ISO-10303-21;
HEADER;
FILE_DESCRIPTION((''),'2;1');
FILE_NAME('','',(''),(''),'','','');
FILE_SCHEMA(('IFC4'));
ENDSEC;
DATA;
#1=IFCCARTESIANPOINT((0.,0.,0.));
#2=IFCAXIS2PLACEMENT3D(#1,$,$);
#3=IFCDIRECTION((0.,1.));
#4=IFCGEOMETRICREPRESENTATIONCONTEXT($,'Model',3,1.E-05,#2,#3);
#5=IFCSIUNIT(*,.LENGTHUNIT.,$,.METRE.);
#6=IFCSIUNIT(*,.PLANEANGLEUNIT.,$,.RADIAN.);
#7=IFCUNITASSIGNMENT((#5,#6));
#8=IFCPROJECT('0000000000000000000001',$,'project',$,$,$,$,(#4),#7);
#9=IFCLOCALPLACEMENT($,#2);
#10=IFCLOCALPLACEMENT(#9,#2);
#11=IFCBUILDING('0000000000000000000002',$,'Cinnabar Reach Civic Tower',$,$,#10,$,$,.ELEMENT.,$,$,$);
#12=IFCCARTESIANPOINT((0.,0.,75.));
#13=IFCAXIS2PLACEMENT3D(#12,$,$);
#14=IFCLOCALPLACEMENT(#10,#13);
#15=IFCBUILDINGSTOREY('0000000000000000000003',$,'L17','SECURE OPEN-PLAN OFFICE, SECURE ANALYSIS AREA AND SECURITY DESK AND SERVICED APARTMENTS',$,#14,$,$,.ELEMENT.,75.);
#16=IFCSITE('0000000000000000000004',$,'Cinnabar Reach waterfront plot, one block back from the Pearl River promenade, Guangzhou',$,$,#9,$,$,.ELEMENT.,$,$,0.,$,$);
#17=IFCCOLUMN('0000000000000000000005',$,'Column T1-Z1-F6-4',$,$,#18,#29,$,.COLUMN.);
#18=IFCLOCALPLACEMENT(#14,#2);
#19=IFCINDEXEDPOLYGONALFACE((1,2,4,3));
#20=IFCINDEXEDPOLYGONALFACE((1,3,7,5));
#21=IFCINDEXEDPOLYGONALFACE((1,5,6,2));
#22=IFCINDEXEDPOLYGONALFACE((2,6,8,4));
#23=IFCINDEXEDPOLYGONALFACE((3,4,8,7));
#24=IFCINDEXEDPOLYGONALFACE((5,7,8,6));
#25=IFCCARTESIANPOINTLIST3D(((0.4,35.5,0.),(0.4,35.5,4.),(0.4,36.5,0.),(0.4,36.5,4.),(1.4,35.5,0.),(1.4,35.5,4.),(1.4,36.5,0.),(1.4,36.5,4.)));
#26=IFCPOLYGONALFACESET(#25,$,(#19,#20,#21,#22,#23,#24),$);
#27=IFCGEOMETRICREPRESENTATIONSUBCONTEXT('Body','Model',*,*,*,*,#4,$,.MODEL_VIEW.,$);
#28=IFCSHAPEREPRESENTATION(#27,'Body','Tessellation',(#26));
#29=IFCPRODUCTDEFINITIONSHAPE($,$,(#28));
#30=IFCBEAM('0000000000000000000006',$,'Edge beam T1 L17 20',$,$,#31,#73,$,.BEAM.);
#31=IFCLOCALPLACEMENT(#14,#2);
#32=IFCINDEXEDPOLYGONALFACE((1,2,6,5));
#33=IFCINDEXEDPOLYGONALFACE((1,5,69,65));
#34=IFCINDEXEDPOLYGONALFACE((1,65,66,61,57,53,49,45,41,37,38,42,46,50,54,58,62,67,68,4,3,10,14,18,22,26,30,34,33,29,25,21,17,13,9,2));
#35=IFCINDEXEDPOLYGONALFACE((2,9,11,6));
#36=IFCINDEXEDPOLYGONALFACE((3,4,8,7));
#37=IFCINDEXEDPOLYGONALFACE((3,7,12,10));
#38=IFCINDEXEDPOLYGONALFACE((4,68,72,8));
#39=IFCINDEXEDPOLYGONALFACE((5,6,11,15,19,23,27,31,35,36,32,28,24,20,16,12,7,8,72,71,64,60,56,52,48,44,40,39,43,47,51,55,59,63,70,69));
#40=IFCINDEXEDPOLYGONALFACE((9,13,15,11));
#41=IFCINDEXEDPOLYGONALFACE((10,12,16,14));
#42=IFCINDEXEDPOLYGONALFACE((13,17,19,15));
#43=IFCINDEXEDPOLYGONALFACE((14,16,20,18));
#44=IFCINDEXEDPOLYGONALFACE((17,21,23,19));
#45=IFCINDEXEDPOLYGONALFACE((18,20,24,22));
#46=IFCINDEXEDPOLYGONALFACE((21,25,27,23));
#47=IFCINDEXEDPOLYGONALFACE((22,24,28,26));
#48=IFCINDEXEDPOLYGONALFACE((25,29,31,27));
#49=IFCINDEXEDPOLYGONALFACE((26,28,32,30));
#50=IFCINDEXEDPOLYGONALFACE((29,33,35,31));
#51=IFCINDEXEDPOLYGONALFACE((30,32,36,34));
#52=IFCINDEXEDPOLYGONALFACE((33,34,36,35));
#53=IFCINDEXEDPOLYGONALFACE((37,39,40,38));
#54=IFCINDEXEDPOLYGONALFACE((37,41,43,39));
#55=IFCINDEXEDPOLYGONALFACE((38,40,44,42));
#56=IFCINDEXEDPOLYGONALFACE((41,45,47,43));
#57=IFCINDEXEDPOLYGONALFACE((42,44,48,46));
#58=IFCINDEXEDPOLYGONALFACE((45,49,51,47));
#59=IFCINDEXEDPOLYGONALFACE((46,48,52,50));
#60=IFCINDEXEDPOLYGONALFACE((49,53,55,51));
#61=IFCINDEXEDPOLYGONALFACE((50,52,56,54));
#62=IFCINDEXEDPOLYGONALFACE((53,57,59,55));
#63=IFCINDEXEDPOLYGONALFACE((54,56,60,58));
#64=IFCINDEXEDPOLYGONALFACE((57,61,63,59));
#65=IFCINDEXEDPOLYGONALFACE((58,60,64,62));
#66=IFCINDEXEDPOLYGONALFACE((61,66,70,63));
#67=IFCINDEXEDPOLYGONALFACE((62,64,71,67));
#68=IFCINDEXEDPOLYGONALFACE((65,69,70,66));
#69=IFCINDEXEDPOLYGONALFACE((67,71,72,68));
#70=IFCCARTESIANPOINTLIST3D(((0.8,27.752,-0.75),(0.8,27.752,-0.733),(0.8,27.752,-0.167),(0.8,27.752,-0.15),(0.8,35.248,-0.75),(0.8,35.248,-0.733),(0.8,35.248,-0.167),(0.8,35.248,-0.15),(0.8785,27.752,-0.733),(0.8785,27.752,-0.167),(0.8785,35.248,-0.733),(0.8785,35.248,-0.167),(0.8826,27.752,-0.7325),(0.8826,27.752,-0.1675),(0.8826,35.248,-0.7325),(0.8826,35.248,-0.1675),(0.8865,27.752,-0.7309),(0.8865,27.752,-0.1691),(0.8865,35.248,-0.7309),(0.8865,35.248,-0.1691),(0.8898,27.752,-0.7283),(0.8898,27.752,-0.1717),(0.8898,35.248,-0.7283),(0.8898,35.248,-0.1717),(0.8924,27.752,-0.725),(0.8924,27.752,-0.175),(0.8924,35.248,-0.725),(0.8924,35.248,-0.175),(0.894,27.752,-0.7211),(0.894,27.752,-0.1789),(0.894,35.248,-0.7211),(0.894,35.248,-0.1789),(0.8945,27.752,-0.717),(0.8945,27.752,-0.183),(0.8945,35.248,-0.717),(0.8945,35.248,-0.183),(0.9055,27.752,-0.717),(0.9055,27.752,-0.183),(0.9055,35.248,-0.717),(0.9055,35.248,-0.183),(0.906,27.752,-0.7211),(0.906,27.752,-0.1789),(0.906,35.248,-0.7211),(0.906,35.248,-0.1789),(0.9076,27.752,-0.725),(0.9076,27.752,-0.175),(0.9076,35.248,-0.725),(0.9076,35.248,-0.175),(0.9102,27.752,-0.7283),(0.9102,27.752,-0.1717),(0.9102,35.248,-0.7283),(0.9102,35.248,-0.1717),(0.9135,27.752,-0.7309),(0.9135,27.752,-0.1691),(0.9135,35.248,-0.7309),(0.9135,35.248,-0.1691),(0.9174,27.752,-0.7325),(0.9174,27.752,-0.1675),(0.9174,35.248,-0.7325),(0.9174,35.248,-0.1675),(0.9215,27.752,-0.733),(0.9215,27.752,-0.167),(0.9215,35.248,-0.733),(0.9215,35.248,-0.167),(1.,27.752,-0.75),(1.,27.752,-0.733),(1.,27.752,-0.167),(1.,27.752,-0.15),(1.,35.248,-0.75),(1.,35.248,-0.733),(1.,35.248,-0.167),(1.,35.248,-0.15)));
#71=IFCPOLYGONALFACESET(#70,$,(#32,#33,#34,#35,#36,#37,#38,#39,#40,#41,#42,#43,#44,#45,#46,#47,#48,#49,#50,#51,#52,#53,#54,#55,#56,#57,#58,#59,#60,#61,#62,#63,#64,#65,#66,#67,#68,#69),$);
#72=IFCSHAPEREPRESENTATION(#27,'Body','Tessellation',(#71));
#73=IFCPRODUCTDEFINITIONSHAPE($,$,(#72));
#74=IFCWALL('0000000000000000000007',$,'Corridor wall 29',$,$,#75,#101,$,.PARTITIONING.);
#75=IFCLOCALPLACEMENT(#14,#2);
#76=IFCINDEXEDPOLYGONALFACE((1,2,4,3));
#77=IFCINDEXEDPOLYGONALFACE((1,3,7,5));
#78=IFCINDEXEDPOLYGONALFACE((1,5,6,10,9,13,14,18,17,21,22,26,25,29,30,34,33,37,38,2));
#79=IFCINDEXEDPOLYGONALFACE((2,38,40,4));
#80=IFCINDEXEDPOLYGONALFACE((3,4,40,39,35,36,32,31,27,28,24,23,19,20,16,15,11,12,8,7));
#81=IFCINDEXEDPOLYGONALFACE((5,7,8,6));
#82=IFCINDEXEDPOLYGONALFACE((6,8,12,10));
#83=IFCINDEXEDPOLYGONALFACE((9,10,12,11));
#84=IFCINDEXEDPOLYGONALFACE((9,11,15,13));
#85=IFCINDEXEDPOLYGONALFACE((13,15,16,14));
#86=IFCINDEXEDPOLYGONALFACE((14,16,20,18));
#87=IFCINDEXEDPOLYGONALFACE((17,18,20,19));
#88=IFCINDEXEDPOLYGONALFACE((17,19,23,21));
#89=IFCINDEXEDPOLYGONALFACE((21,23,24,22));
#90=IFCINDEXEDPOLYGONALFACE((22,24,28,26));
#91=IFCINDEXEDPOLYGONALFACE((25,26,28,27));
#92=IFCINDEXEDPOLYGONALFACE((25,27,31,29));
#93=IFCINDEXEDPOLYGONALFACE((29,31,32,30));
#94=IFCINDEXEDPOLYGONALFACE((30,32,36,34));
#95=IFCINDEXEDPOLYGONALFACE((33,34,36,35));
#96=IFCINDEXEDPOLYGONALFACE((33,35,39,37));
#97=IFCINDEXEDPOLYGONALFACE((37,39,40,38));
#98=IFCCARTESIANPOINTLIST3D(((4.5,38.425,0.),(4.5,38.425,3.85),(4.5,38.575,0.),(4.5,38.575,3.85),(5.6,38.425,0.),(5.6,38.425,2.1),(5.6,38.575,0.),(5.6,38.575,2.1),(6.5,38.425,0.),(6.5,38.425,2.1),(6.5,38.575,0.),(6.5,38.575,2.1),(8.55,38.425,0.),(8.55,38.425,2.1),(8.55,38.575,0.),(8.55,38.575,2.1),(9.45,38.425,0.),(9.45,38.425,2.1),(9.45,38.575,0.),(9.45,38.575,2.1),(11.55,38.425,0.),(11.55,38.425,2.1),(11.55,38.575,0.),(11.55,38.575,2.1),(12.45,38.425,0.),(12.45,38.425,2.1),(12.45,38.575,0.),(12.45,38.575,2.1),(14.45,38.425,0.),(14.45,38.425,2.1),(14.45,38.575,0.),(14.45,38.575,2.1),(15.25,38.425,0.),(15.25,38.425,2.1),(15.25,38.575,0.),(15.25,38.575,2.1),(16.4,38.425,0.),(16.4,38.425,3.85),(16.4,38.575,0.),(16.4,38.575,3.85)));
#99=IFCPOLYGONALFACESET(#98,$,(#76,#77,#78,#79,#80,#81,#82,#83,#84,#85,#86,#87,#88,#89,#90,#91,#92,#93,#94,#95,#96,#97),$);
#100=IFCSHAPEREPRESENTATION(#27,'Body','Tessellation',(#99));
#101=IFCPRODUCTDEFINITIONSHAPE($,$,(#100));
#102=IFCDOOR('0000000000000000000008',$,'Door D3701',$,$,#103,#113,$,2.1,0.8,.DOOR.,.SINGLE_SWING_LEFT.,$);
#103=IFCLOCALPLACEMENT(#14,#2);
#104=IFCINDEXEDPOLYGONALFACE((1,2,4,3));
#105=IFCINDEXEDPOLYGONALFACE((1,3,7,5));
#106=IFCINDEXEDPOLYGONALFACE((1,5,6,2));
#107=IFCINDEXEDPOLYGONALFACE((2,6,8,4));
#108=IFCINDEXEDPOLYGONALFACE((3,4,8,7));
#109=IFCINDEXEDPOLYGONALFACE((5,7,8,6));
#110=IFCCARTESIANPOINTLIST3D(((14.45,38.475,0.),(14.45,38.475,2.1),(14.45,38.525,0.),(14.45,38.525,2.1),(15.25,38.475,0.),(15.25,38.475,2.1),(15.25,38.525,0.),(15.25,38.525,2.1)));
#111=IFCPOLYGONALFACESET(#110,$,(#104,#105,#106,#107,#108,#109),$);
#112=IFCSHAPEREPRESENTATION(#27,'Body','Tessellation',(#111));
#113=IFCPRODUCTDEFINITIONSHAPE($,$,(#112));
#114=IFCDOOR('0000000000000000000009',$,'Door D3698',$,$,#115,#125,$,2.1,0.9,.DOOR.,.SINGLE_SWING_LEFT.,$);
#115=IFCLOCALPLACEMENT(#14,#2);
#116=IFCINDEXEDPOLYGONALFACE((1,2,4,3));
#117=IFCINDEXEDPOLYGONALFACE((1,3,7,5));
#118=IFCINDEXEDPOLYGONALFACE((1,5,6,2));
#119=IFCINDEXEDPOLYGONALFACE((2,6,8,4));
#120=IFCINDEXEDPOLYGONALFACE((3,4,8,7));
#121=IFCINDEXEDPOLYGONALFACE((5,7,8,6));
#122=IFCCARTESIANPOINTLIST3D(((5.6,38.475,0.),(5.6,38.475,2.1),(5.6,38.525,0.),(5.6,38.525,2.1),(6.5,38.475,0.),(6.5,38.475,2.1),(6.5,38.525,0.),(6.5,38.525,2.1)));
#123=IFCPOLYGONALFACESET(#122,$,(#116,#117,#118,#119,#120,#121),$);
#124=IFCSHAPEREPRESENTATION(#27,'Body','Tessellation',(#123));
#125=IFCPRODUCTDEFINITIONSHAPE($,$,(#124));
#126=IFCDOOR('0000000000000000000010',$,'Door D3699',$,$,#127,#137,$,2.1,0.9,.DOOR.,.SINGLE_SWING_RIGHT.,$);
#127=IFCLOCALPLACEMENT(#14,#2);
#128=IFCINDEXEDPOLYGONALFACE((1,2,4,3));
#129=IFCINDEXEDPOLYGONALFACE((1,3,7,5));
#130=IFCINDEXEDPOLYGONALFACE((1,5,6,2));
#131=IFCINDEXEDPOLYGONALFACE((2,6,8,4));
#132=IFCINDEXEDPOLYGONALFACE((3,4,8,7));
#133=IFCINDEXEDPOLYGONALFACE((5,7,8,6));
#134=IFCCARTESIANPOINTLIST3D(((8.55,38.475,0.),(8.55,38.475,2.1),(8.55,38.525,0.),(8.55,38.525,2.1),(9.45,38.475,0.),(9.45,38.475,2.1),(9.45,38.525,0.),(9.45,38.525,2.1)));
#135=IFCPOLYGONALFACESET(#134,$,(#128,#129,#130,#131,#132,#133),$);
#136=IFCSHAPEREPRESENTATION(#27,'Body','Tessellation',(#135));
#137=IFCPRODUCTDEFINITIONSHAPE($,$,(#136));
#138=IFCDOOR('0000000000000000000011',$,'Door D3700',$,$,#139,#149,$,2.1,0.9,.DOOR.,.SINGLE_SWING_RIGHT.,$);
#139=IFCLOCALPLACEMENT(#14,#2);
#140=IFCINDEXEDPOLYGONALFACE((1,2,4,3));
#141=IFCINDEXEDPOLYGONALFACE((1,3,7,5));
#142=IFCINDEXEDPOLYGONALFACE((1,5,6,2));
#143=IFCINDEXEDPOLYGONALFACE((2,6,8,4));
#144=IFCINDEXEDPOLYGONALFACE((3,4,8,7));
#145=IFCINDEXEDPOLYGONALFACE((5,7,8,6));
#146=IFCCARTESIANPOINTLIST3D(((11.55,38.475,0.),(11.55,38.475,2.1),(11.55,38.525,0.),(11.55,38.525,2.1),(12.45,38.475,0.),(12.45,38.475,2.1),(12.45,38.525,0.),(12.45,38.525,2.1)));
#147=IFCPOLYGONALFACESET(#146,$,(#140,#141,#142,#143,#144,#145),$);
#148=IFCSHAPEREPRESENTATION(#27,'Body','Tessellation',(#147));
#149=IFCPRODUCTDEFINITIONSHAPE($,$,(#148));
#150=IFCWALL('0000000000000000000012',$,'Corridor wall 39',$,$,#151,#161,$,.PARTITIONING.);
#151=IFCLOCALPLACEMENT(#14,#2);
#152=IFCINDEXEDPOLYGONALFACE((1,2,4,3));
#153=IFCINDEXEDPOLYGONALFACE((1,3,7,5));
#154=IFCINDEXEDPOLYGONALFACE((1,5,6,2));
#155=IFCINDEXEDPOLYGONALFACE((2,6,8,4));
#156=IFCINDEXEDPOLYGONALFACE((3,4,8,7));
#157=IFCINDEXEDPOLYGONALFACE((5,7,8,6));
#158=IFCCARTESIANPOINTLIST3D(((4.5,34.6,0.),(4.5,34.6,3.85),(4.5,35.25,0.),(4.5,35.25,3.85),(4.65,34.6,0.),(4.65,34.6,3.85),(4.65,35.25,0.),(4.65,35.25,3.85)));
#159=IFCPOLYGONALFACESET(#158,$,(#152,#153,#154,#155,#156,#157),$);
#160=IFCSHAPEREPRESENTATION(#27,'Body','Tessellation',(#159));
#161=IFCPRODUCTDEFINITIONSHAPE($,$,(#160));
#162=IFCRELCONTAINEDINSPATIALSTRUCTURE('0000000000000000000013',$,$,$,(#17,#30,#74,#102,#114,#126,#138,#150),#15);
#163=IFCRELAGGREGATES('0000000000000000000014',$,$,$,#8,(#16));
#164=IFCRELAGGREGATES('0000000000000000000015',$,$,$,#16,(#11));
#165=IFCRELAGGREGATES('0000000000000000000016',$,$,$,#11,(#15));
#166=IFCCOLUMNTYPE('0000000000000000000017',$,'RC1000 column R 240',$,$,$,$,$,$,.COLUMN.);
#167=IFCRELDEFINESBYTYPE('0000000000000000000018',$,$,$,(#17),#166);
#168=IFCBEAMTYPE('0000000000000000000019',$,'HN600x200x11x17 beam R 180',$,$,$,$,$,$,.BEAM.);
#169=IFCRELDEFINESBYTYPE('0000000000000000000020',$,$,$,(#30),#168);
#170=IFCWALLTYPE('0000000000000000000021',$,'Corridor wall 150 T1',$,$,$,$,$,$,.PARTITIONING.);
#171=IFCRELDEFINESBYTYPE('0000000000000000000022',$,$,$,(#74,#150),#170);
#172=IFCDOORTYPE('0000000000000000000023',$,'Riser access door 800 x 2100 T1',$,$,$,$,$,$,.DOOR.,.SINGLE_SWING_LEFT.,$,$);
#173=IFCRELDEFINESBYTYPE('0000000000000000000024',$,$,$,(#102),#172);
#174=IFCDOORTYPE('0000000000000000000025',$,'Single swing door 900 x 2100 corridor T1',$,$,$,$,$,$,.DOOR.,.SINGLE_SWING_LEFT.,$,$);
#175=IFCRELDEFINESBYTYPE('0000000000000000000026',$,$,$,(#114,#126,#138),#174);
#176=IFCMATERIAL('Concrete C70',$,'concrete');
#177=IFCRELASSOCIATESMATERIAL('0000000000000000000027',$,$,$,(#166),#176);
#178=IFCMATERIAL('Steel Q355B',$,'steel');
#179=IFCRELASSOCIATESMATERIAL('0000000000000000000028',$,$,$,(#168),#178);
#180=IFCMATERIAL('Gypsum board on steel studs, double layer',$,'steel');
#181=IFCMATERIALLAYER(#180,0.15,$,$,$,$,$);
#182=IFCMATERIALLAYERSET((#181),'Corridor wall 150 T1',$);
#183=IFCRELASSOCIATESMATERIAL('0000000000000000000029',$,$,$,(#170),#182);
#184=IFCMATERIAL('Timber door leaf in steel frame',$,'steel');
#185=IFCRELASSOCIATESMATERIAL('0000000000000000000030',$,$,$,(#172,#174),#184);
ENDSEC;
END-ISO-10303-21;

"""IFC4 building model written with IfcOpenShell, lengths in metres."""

from ifc_helpers import new_model, si_unit, direction, frame, frame_2d, origin, origin_2d, place, context, subcontext, project, spatial, rectangle, i_section, extrude, material, layer, layer_set, material_profile, profile_set, type_object, element, fill, save


model = new_model("IFC4")

# Units and contexts
model_context = context("Model", 3, precision=1e-05, world=origin(), true_north=direction((0.0, 1.0)))
body_context = subcontext(model_context, "Body", "Model", "MODEL_VIEW")
ifc_project = project(units=[si_unit("LENGTHUNIT", "METRE"), si_unit("PLANEANGLEUNIT", "RADIAN")], contexts=[model_context])

# Site, building, storey
site_placement = place(None, origin())
site = spatial("IfcSite", under=ifc_project, at=site_placement, Name="Cinnabar Reach waterfront plot, one block back from the Pearl River promenade, Guangzhou", CompositionType="ELEMENT", RefElevation=0.0)
building_placement = place(site_placement, origin())
building = spatial("IfcBuilding", under=site, at=building_placement, Name="Cinnabar Reach Civic Tower", CompositionType="ELEMENT")
storey_placement = place(building_placement, frame((0.0, 0.0, 75.0)))
storey = spatial("IfcBuildingStorey", under=building, at=storey_placement, Name="L17", Description="SECURE OPEN-PLAN OFFICE, SECURE ANALYSIS AREA AND SECURITY DESK AND SERVICED APARTMENTS", CompositionType="ELEMENT", Elevation=75.0)

# Column
ifc_material_1 = material(Name="Concrete C70", Category="concrete")
ifc_material_profile_1 = material_profile(ifc_material_1, rectangle(XDim=1.0, YDim=1.0, at=origin_2d()), Name="RC1000")
ifc_profile_set_1 = profile_set([ifc_material_profile_1], Name="Concrete C70")
column_type = type_object("IfcColumnType", Name="RC1000 column R 240", PredefinedType="COLUMN", material=ifc_profile_set_1)
column_placement = place(storey_placement, frame((0.9, 36.0, 0.0), z_axis=(0.0, 0.0, 1.0), x_axis=(1.0, 0.0, 0.0)))
element("IfcColumn", 1, at=column_placement, inside=storey, type_object=column_type, Name="Column T1-Z1-F6-4", PredefinedType="COLUMN", context=body_context, shape_type="SweptSolid", body=[
    extrude(rectangle(XDim=1.0, YDim=1.0, at=origin_2d()), origin(), (0.0, 0.0, 1.0), 4.0),
])

# Beam
ifc_material_2 = material(Name="Steel Q355B", Category="steel")
ifc_material_profile_2 = material_profile(ifc_material_2, i_section(OverallWidth=0.2, OverallDepth=0.6, WebThickness=0.011, FlangeThickness=0.017, FilletRadius=0.016, at=origin_2d()), Name="HN600x200x11x17")
ifc_profile_set_2 = profile_set([ifc_material_profile_2], Name="Steel Q355B")
beam_type = type_object("IfcBeamType", Name="HN600x200x11x17 beam R 180", PredefinedType="BEAM", material=ifc_profile_set_2)
beam_placement = place(storey_placement, frame((0.9, 35.248, -0.45), z_axis=(0.0, -1.0, 0.0), x_axis=(1.0, 0.0, 0.0)))
element("IfcBeam", 2, at=beam_placement, inside=storey, type_object=beam_type, Name="Edge beam T1 L17 20", PredefinedType="BEAM", context=body_context, shape_type="SweptSolid", body=[
    extrude(i_section(OverallWidth=0.2, OverallDepth=0.6, WebThickness=0.011, FlangeThickness=0.017, FilletRadius=0.016, at=origin_2d()), origin(), (0.0, 0.0, 1.0), 7.496),
])

# Wall, openings, doors
ifc_material_3 = material(Name="Gypsum board on steel studs, double layer", Category="steel")
ifc_layer_1 = layer(ifc_material_3, 0.15)
ifc_layer_set_1 = layer_set([ifc_layer_1], Name="Corridor wall 150 T1")
wall_type_1 = type_object("IfcWallType", Name="Corridor wall 150 T1", PredefinedType="PARTITIONING", material=ifc_layer_set_1)
wall_1_placement = place(storey_placement, frame((4.5, 38.5, 0.0), z_axis=(0.0, 0.0, 1.0), x_axis=(1.0, 0.0, 0.0)))
wall_1 = element("IfcWall", 3, at=wall_1_placement, inside=storey, type_object=wall_type_1, Name="Corridor wall 29", PredefinedType="PARTITIONING", context=body_context, shape_type="SweptSolid", body=[
    extrude(rectangle(XDim=11.9, YDim=0.15, at=frame_2d((5.95, 0.0))), origin(), (0.0, 0.0, 1.0), 3.85),
])
opening_1_placement = place(wall_1_placement, frame((1.1, 0.0, 0.0)))
opening_1 = element("IfcOpeningElement", 4, at=opening_1_placement, cuts=wall_1, PredefinedType="OPENING", context=body_context, shape_type="SweptSolid", body=[
    extrude(rectangle(XDim=0.9, YDim=2.1, at=frame_2d((0.45, 1.05))), frame((0.0, 0.085, 0.0), z_axis=(0.0, -1.0, 0.0), x_axis=(1.0, 0.0, 0.0)), (0.0, 0.0, 1.0), 0.17),
])
opening_2_placement = place(wall_1_placement, frame((4.05, 0.0, 0.0)))
opening_2 = element("IfcOpeningElement", 5, at=opening_2_placement, cuts=wall_1, PredefinedType="OPENING", context=body_context, shape_type="SweptSolid", body=[
    extrude(rectangle(XDim=0.9, YDim=2.1, at=frame_2d((0.45, 1.05))), frame((0.0, 0.085, 0.0), z_axis=(0.0, -1.0, 0.0), x_axis=(1.0, 0.0, 0.0)), (0.0, 0.0, 1.0), 0.17),
])
opening_3_placement = place(wall_1_placement, frame((7.05, 0.0, 0.0)))
opening_3 = element("IfcOpeningElement", 6, at=opening_3_placement, cuts=wall_1, PredefinedType="OPENING", context=body_context, shape_type="SweptSolid", body=[
    extrude(rectangle(XDim=0.9, YDim=2.1, at=frame_2d((0.45, 1.05))), frame((0.0, 0.085, 0.0), z_axis=(0.0, -1.0, 0.0), x_axis=(1.0, 0.0, 0.0)), (0.0, 0.0, 1.0), 0.17),
])
opening_4_placement = place(wall_1_placement, frame((9.95, 0.0, 0.0)))
opening_4 = element("IfcOpeningElement", 7, at=opening_4_placement, cuts=wall_1, PredefinedType="OPENING", context=body_context, shape_type="SweptSolid", body=[
    extrude(rectangle(XDim=0.8, YDim=2.1, at=frame_2d((0.4, 1.05))), frame((0.0, 0.085, 0.0), z_axis=(0.0, -1.0, 0.0), x_axis=(1.0, 0.0, 0.0)), (0.0, 0.0, 1.0), 0.17),
])
ifc_material_4 = material(Name="Timber door leaf in steel frame", Category="steel")
door_type_1 = type_object("IfcDoorType", Name="Riser access door 800 x 2100 T1", OperationType="SINGLE_SWING_LEFT", PredefinedType="DOOR", material=ifc_material_4)
door_1_placement = place(opening_4_placement, origin())
door_1 = element("IfcDoor", 8, at=door_1_placement, inside=storey, type_object=door_type_1, Name="Door D3701", OperationType="SINGLE_SWING_LEFT", OverallHeight=2.1, OverallWidth=0.8, PredefinedType="DOOR", context=body_context, shape_type="SweptSolid", body=[
    extrude(rectangle(XDim=0.8, YDim=2.1, at=frame_2d((0.4, 1.05))), frame((0.0, 0.025, 0.0), z_axis=(0.0, -1.0, 0.0), x_axis=(1.0, 0.0, 0.0)), (0.0, 0.0, 1.0), 0.05),
])
fill(opening_4, door_1)
door_type_2 = type_object("IfcDoorType", Name="Single swing door 900 x 2100 corridor T1", OperationType="SINGLE_SWING_LEFT", PredefinedType="DOOR", material=ifc_material_4)
door_2_placement = place(opening_1_placement, origin())
door_2 = element("IfcDoor", 9, at=door_2_placement, inside=storey, type_object=door_type_2, Name="Door D3698", OperationType="SINGLE_SWING_LEFT", OverallHeight=2.1, OverallWidth=0.9, PredefinedType="DOOR", context=body_context, shape_type="SweptSolid", body=[
    extrude(rectangle(XDim=0.9, YDim=2.1, at=frame_2d((0.45, 1.05))), frame((0.0, 0.025, 0.0), z_axis=(0.0, -1.0, 0.0), x_axis=(1.0, 0.0, 0.0)), (0.0, 0.0, 1.0), 0.05),
])
fill(opening_1, door_2)
door_3_placement = place(opening_2_placement, origin())
door_3 = element("IfcDoor", 10, at=door_3_placement, inside=storey, type_object=door_type_2, Name="Door D3699", OperationType="SINGLE_SWING_RIGHT", OverallHeight=2.1, OverallWidth=0.9, PredefinedType="DOOR", context=body_context, shape_type="SweptSolid", body=[
    extrude(rectangle(XDim=0.9, YDim=2.1, at=frame_2d((0.45, 1.05))), frame((0.0, 0.025, 0.0), z_axis=(0.0, -1.0, 0.0), x_axis=(1.0, 0.0, 0.0)), (0.0, 0.0, 1.0), 0.05),
])
fill(opening_2, door_3)
door_4_placement = place(opening_3_placement, origin())
door_4 = element("IfcDoor", 11, at=door_4_placement, inside=storey, type_object=door_type_2, Name="Door D3700", OperationType="SINGLE_SWING_RIGHT", OverallHeight=2.1, OverallWidth=0.9, PredefinedType="DOOR", context=body_context, shape_type="SweptSolid", body=[
    extrude(rectangle(XDim=0.9, YDim=2.1, at=frame_2d((0.45, 1.05))), frame((0.0, 0.025, 0.0), z_axis=(0.0, -1.0, 0.0), x_axis=(1.0, 0.0, 0.0)), (0.0, 0.0, 1.0), 0.05),
])
fill(opening_3, door_4)

# Wall
wall_2_placement = place(storey_placement, frame((4.575, 34.6, 0.0), z_axis=(0.0, 0.0, 1.0), x_axis=(0.0, 1.0, 0.0)))
element("IfcWall", 12, at=wall_2_placement, inside=storey, type_object=wall_type_1, Name="Corridor wall 39", PredefinedType="PARTITIONING", context=body_context, shape_type="SweptSolid", body=[
    extrude(rectangle(XDim=0.65, YDim=0.15, at=frame_2d((0.325, 0.0))), origin(), (0.0, 0.0, 1.0), 3.85),
])

save(model, "model.ifc")
